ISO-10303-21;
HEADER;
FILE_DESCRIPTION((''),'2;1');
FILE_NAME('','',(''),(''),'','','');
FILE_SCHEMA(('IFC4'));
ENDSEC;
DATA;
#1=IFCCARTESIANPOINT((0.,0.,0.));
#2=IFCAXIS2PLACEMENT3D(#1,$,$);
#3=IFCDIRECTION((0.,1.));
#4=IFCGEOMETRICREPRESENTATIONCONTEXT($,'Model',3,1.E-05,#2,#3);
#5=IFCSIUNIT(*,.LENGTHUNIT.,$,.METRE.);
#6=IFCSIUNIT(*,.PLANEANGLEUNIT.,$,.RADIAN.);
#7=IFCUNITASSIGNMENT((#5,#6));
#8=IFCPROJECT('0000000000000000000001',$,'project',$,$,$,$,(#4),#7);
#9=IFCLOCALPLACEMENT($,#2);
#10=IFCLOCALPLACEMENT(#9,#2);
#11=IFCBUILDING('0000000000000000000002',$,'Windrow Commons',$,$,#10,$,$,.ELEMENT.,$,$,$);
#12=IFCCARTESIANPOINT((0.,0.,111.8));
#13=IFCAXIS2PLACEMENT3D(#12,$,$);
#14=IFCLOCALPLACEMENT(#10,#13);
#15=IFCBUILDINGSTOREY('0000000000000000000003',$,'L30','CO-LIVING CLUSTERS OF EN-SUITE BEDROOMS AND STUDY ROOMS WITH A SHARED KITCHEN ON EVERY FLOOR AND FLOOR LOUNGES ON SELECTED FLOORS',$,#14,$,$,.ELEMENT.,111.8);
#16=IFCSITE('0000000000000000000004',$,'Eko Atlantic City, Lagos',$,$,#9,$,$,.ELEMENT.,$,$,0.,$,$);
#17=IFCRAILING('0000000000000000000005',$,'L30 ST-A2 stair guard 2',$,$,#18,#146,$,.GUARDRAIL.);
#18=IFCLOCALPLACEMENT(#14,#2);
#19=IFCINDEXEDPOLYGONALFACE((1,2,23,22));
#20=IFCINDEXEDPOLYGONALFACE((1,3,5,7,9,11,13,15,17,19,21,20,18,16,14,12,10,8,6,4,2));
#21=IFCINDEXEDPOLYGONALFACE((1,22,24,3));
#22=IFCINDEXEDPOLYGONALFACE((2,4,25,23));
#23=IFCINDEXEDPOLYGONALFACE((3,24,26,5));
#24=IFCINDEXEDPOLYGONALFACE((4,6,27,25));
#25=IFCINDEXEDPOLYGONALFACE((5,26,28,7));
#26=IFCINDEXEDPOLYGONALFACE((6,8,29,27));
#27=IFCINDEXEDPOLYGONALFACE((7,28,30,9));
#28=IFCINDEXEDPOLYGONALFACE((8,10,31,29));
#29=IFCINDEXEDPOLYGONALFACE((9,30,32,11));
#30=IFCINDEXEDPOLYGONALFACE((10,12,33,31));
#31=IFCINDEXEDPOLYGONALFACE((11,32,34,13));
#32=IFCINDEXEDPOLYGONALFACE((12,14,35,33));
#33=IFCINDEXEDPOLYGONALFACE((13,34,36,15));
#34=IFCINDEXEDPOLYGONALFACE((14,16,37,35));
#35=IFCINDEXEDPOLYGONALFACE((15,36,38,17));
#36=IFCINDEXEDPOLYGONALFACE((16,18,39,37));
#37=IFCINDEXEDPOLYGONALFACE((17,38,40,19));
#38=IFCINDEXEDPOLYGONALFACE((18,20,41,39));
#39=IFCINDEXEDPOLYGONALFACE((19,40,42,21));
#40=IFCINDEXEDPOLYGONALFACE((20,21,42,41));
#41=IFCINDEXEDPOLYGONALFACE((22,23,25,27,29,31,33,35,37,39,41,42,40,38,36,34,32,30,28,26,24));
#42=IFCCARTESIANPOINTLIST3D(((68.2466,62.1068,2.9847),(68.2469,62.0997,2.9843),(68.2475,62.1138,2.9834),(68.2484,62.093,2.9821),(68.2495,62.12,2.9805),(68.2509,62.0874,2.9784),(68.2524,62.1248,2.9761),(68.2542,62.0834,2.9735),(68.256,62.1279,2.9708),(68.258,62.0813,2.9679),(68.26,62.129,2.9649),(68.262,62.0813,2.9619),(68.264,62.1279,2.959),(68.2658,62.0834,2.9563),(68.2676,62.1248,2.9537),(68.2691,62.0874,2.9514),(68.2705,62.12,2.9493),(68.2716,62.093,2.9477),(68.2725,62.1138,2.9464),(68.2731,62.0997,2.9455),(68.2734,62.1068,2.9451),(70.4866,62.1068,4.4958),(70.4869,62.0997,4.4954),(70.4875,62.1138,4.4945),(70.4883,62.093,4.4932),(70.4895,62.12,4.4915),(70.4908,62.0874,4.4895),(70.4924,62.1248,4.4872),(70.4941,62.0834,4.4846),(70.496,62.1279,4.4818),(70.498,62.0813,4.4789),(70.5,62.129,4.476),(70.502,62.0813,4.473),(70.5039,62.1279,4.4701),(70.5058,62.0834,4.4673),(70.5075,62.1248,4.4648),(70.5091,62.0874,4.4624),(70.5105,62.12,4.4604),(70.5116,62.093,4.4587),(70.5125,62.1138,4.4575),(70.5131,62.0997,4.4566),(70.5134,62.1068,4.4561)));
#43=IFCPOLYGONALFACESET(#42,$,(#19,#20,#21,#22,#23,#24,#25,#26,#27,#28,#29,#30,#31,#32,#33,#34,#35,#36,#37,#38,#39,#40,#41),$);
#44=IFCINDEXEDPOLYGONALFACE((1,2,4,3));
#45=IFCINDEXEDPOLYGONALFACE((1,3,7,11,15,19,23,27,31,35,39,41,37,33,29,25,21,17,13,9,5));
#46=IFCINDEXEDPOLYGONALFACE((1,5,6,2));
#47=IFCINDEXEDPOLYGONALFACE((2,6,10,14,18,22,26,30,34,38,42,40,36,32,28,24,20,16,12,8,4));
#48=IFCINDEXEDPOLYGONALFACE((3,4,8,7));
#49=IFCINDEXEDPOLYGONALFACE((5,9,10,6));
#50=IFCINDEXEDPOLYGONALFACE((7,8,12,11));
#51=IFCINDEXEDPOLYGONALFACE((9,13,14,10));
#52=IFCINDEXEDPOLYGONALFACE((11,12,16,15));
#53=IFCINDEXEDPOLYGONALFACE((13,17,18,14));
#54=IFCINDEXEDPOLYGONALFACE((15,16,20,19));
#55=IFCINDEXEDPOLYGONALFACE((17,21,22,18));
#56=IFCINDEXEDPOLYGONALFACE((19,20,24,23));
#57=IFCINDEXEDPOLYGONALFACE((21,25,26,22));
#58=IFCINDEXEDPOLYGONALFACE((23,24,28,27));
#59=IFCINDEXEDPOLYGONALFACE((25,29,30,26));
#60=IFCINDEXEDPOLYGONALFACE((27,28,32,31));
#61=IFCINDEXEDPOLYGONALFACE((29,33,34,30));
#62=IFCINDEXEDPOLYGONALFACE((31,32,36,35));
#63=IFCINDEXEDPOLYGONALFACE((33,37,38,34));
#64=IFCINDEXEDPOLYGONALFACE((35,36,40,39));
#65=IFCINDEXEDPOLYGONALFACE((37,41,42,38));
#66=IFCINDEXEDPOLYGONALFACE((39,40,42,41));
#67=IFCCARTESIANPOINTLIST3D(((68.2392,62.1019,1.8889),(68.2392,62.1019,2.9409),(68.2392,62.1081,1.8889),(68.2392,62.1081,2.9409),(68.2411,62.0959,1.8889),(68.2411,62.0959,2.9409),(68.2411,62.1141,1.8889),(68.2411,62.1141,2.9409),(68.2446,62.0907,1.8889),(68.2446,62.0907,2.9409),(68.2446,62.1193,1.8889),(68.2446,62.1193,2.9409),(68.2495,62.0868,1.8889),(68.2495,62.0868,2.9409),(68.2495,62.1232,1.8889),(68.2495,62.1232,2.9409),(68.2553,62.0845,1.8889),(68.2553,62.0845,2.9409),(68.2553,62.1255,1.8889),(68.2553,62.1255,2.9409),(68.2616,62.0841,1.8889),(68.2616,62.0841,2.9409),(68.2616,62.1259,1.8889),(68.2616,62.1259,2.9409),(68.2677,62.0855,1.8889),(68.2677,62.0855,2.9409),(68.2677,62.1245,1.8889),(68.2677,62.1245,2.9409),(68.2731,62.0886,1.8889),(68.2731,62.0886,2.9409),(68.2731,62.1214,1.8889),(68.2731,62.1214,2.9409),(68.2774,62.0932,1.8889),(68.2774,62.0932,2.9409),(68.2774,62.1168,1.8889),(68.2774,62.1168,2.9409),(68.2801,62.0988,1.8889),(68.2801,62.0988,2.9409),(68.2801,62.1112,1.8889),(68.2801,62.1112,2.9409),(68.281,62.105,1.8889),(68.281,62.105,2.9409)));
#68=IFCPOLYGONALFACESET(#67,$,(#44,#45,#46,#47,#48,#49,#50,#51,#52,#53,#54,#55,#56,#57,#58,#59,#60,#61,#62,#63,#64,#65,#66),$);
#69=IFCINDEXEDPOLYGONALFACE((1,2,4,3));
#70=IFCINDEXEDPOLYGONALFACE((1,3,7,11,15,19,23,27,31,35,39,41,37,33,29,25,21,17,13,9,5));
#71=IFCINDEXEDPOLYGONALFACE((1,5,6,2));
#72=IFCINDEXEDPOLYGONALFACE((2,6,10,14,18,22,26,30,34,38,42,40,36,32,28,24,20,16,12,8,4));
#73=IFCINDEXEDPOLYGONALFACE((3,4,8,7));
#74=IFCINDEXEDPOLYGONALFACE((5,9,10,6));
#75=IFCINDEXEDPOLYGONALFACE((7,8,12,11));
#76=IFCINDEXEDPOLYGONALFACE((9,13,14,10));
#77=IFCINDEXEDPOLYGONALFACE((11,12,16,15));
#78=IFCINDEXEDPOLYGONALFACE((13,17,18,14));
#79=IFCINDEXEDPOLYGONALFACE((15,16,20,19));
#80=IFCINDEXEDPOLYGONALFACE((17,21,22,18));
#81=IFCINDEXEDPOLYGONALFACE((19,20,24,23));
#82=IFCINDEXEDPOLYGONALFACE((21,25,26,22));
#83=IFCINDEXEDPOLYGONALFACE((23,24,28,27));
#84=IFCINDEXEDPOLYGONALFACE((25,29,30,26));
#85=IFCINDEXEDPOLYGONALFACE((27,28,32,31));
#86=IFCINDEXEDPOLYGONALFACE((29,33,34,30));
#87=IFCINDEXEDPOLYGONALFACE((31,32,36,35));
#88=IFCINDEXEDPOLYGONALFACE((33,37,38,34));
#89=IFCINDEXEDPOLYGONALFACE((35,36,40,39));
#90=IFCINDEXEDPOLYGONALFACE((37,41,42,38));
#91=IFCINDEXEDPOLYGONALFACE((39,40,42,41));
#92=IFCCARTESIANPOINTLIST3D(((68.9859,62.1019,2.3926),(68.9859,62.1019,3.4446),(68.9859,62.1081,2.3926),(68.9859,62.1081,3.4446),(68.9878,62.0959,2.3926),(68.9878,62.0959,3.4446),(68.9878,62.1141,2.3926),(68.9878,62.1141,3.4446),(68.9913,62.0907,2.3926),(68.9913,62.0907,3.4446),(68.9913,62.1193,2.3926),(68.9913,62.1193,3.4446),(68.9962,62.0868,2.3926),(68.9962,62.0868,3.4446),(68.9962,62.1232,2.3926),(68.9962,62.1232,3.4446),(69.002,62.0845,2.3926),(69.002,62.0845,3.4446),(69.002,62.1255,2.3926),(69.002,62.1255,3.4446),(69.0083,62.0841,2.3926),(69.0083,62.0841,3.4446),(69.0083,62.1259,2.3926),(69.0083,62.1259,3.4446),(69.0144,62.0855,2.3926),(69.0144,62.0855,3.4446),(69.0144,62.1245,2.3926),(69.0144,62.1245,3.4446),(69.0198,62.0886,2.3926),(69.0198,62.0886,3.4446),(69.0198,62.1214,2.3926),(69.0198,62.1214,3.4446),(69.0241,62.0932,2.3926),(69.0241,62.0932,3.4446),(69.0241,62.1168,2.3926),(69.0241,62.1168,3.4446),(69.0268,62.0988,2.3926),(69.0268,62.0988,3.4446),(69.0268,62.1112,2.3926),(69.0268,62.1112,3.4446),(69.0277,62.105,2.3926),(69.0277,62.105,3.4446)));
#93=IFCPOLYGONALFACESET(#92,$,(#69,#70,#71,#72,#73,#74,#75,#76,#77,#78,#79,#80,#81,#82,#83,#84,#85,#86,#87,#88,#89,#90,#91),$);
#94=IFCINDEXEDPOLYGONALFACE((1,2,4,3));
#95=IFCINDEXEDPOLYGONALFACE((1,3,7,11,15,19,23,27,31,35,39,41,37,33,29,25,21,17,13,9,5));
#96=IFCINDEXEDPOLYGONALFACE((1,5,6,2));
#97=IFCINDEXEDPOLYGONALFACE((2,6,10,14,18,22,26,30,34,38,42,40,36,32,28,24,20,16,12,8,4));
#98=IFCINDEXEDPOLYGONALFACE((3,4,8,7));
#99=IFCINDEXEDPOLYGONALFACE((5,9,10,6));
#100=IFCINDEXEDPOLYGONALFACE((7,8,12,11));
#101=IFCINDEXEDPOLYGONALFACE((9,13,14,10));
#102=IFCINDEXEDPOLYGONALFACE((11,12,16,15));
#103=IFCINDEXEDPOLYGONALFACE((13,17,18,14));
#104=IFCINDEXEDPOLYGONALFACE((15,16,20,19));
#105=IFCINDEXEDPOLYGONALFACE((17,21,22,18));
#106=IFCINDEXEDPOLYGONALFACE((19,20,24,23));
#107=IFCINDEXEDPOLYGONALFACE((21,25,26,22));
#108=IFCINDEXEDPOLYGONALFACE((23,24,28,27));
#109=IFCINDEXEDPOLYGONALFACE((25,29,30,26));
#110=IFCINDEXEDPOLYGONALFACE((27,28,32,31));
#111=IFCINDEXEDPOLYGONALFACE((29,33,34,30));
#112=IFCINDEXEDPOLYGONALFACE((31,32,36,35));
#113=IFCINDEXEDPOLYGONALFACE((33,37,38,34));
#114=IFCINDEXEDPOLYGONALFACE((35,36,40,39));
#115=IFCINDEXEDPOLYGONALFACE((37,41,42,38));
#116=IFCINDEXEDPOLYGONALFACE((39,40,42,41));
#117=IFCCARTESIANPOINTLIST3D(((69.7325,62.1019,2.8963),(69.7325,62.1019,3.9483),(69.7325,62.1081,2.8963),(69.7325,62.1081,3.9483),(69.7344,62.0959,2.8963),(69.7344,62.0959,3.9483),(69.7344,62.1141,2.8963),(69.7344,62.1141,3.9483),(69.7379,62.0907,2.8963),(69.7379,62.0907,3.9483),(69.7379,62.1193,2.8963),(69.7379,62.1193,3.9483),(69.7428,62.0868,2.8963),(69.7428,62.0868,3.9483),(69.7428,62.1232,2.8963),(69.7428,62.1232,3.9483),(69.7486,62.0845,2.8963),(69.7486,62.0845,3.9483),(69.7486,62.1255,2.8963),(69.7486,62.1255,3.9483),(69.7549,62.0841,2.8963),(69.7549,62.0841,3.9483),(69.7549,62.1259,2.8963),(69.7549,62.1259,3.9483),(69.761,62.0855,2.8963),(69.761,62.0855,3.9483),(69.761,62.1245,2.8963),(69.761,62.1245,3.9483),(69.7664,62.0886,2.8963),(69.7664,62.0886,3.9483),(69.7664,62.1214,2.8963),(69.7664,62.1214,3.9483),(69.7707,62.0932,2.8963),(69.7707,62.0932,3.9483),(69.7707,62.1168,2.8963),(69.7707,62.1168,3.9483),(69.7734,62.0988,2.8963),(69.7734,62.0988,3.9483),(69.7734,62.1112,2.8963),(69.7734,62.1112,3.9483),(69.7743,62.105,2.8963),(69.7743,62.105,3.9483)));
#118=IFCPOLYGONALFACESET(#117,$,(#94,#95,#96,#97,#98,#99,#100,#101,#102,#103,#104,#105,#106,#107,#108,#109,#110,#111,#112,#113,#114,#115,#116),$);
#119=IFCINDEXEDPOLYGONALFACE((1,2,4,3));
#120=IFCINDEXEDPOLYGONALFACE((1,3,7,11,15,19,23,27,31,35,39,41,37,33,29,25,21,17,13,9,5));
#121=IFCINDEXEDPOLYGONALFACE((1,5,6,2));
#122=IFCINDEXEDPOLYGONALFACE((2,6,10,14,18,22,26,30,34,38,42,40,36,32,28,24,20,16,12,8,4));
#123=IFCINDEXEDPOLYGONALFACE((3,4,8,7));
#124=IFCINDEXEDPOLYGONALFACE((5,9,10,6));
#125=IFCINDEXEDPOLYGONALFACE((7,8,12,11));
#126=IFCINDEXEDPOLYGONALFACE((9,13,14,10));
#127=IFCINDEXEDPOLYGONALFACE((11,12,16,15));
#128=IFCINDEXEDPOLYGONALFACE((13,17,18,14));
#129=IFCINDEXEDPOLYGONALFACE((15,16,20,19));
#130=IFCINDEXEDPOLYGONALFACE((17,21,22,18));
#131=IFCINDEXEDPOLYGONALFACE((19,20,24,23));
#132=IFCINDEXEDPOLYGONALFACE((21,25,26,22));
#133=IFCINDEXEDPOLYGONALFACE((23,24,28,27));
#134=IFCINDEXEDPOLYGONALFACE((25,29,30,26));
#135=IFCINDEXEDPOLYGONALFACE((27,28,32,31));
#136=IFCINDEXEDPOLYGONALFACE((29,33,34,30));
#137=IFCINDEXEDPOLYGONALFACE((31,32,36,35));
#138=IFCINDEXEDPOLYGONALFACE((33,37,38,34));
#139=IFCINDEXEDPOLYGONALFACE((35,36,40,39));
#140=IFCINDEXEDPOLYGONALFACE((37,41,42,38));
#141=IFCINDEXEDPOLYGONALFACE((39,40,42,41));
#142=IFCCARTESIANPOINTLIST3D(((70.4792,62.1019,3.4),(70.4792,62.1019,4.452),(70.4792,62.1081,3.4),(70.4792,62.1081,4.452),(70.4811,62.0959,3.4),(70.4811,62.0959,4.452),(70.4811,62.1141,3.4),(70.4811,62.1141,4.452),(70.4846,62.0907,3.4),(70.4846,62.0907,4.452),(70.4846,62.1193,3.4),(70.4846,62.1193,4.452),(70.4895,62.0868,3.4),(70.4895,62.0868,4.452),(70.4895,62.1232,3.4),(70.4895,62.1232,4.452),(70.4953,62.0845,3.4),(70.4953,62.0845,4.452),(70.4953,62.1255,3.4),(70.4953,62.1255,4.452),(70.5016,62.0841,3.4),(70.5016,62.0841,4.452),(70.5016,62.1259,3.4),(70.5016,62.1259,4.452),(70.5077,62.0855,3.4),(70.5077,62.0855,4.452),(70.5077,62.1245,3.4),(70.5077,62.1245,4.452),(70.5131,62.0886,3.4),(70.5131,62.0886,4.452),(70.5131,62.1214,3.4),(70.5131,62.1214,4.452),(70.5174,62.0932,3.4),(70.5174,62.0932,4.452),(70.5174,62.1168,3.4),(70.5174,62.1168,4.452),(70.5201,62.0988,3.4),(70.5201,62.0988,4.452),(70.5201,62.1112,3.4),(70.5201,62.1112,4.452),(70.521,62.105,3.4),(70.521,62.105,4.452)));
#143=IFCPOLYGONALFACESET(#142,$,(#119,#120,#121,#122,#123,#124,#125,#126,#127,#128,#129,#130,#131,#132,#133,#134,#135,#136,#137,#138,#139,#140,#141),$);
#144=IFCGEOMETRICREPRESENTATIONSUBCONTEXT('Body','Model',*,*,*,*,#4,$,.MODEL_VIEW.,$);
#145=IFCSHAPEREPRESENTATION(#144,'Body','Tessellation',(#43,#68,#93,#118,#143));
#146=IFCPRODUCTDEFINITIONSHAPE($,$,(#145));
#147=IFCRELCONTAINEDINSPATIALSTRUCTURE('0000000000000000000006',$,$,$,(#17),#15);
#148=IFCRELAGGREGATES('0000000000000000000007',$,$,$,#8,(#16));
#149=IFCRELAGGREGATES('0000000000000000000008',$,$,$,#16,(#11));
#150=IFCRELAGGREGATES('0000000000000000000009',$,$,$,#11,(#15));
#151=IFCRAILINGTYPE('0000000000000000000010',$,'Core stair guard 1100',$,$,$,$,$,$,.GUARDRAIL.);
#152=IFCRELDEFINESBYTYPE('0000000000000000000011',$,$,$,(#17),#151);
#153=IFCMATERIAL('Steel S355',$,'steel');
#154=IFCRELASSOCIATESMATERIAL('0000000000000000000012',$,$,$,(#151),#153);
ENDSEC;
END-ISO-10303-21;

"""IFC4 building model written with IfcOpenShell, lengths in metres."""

from ifc_helpers import new_model, si_unit, direction, frame, origin, origin_2d, place, context, subcontext, project, spatial, circle, extrude, material, type_object, element, save


model = new_model("IFC4")

# Units and contexts
model_context = context("Model", 3, precision=1e-05, world=origin(), true_north=direction((0.0, 1.0)))
body_context = subcontext(model_context, "Body", "Model", "MODEL_VIEW")
ifc_project = project(units=[si_unit("LENGTHUNIT", "METRE"), si_unit("PLANEANGLEUNIT", "RADIAN")], contexts=[model_context])

# Site, building, storey
site_placement = place(None, origin())
site = spatial("IfcSite", under=ifc_project, at=site_placement, Name="Eko Atlantic City, Lagos", CompositionType="ELEMENT", RefElevation=0.0)
building_placement = place(site_placement, origin())
building = spatial("IfcBuilding", under=site, at=building_placement, Name="Windrow Commons", CompositionType="ELEMENT")
storey_placement = place(building_placement, frame((0.0, 0.0, 111.8)))
storey = spatial("IfcBuildingStorey", under=building, at=storey_placement, Name="L30", Description="CO-LIVING CLUSTERS OF EN-SUITE BEDROOMS AND STUDY ROOMS WITH A SHARED KITCHEN ON EVERY FLOOR AND FLOOR LOUNGES ON SELECTED FLOORS", CompositionType="ELEMENT", Elevation=111.8)

# Railing
ifc_material_1 = material(Name="Steel S355", Category="steel")
railing_type_1 = type_object("IfcRailingType", Name="Core stair guard 1100", PredefinedType="GUARDRAIL", material=ifc_material_1)
railing_1_placement = place(storey_placement, frame((68.26, 62.105, 1.8889)))
element("IfcRailing", 1, at=railing_1_placement, inside=storey, type_object=railing_type_1, Name="L30 ST-A2 stair guard 2", PredefinedType="GUARDRAIL", context=body_context, shape_type="SweptSolid", body=[
    extrude(circle(Radius=0.024, at=origin_2d()), frame((0.0, 0.0, 1.076), z_axis=(0.829003, 0.0, 0.559244), x_axis=(0.0, 1.0, 0.0)), (0.0, 0.0, 1.0), 2.702),
    extrude(circle(Radius=0.021, at=origin_2d()), origin(), (0.0, 0.0, 1.0), 1.052),
    extrude(circle(Radius=0.021, at=origin_2d()), frame((0.7467, 0.0, 0.5037)), (0.0, 0.0, 1.0), 1.052),
    extrude(circle(Radius=0.021, at=origin_2d()), frame((1.4933, 0.0, 1.0074)), (0.0, 0.0, 1.0), 1.052),
    extrude(circle(Radius=0.021, at=origin_2d()), frame((2.24, 0.0, 1.5111)), (0.0, 0.0, 1.0), 1.052),
])

save(model, "model.ifc")
